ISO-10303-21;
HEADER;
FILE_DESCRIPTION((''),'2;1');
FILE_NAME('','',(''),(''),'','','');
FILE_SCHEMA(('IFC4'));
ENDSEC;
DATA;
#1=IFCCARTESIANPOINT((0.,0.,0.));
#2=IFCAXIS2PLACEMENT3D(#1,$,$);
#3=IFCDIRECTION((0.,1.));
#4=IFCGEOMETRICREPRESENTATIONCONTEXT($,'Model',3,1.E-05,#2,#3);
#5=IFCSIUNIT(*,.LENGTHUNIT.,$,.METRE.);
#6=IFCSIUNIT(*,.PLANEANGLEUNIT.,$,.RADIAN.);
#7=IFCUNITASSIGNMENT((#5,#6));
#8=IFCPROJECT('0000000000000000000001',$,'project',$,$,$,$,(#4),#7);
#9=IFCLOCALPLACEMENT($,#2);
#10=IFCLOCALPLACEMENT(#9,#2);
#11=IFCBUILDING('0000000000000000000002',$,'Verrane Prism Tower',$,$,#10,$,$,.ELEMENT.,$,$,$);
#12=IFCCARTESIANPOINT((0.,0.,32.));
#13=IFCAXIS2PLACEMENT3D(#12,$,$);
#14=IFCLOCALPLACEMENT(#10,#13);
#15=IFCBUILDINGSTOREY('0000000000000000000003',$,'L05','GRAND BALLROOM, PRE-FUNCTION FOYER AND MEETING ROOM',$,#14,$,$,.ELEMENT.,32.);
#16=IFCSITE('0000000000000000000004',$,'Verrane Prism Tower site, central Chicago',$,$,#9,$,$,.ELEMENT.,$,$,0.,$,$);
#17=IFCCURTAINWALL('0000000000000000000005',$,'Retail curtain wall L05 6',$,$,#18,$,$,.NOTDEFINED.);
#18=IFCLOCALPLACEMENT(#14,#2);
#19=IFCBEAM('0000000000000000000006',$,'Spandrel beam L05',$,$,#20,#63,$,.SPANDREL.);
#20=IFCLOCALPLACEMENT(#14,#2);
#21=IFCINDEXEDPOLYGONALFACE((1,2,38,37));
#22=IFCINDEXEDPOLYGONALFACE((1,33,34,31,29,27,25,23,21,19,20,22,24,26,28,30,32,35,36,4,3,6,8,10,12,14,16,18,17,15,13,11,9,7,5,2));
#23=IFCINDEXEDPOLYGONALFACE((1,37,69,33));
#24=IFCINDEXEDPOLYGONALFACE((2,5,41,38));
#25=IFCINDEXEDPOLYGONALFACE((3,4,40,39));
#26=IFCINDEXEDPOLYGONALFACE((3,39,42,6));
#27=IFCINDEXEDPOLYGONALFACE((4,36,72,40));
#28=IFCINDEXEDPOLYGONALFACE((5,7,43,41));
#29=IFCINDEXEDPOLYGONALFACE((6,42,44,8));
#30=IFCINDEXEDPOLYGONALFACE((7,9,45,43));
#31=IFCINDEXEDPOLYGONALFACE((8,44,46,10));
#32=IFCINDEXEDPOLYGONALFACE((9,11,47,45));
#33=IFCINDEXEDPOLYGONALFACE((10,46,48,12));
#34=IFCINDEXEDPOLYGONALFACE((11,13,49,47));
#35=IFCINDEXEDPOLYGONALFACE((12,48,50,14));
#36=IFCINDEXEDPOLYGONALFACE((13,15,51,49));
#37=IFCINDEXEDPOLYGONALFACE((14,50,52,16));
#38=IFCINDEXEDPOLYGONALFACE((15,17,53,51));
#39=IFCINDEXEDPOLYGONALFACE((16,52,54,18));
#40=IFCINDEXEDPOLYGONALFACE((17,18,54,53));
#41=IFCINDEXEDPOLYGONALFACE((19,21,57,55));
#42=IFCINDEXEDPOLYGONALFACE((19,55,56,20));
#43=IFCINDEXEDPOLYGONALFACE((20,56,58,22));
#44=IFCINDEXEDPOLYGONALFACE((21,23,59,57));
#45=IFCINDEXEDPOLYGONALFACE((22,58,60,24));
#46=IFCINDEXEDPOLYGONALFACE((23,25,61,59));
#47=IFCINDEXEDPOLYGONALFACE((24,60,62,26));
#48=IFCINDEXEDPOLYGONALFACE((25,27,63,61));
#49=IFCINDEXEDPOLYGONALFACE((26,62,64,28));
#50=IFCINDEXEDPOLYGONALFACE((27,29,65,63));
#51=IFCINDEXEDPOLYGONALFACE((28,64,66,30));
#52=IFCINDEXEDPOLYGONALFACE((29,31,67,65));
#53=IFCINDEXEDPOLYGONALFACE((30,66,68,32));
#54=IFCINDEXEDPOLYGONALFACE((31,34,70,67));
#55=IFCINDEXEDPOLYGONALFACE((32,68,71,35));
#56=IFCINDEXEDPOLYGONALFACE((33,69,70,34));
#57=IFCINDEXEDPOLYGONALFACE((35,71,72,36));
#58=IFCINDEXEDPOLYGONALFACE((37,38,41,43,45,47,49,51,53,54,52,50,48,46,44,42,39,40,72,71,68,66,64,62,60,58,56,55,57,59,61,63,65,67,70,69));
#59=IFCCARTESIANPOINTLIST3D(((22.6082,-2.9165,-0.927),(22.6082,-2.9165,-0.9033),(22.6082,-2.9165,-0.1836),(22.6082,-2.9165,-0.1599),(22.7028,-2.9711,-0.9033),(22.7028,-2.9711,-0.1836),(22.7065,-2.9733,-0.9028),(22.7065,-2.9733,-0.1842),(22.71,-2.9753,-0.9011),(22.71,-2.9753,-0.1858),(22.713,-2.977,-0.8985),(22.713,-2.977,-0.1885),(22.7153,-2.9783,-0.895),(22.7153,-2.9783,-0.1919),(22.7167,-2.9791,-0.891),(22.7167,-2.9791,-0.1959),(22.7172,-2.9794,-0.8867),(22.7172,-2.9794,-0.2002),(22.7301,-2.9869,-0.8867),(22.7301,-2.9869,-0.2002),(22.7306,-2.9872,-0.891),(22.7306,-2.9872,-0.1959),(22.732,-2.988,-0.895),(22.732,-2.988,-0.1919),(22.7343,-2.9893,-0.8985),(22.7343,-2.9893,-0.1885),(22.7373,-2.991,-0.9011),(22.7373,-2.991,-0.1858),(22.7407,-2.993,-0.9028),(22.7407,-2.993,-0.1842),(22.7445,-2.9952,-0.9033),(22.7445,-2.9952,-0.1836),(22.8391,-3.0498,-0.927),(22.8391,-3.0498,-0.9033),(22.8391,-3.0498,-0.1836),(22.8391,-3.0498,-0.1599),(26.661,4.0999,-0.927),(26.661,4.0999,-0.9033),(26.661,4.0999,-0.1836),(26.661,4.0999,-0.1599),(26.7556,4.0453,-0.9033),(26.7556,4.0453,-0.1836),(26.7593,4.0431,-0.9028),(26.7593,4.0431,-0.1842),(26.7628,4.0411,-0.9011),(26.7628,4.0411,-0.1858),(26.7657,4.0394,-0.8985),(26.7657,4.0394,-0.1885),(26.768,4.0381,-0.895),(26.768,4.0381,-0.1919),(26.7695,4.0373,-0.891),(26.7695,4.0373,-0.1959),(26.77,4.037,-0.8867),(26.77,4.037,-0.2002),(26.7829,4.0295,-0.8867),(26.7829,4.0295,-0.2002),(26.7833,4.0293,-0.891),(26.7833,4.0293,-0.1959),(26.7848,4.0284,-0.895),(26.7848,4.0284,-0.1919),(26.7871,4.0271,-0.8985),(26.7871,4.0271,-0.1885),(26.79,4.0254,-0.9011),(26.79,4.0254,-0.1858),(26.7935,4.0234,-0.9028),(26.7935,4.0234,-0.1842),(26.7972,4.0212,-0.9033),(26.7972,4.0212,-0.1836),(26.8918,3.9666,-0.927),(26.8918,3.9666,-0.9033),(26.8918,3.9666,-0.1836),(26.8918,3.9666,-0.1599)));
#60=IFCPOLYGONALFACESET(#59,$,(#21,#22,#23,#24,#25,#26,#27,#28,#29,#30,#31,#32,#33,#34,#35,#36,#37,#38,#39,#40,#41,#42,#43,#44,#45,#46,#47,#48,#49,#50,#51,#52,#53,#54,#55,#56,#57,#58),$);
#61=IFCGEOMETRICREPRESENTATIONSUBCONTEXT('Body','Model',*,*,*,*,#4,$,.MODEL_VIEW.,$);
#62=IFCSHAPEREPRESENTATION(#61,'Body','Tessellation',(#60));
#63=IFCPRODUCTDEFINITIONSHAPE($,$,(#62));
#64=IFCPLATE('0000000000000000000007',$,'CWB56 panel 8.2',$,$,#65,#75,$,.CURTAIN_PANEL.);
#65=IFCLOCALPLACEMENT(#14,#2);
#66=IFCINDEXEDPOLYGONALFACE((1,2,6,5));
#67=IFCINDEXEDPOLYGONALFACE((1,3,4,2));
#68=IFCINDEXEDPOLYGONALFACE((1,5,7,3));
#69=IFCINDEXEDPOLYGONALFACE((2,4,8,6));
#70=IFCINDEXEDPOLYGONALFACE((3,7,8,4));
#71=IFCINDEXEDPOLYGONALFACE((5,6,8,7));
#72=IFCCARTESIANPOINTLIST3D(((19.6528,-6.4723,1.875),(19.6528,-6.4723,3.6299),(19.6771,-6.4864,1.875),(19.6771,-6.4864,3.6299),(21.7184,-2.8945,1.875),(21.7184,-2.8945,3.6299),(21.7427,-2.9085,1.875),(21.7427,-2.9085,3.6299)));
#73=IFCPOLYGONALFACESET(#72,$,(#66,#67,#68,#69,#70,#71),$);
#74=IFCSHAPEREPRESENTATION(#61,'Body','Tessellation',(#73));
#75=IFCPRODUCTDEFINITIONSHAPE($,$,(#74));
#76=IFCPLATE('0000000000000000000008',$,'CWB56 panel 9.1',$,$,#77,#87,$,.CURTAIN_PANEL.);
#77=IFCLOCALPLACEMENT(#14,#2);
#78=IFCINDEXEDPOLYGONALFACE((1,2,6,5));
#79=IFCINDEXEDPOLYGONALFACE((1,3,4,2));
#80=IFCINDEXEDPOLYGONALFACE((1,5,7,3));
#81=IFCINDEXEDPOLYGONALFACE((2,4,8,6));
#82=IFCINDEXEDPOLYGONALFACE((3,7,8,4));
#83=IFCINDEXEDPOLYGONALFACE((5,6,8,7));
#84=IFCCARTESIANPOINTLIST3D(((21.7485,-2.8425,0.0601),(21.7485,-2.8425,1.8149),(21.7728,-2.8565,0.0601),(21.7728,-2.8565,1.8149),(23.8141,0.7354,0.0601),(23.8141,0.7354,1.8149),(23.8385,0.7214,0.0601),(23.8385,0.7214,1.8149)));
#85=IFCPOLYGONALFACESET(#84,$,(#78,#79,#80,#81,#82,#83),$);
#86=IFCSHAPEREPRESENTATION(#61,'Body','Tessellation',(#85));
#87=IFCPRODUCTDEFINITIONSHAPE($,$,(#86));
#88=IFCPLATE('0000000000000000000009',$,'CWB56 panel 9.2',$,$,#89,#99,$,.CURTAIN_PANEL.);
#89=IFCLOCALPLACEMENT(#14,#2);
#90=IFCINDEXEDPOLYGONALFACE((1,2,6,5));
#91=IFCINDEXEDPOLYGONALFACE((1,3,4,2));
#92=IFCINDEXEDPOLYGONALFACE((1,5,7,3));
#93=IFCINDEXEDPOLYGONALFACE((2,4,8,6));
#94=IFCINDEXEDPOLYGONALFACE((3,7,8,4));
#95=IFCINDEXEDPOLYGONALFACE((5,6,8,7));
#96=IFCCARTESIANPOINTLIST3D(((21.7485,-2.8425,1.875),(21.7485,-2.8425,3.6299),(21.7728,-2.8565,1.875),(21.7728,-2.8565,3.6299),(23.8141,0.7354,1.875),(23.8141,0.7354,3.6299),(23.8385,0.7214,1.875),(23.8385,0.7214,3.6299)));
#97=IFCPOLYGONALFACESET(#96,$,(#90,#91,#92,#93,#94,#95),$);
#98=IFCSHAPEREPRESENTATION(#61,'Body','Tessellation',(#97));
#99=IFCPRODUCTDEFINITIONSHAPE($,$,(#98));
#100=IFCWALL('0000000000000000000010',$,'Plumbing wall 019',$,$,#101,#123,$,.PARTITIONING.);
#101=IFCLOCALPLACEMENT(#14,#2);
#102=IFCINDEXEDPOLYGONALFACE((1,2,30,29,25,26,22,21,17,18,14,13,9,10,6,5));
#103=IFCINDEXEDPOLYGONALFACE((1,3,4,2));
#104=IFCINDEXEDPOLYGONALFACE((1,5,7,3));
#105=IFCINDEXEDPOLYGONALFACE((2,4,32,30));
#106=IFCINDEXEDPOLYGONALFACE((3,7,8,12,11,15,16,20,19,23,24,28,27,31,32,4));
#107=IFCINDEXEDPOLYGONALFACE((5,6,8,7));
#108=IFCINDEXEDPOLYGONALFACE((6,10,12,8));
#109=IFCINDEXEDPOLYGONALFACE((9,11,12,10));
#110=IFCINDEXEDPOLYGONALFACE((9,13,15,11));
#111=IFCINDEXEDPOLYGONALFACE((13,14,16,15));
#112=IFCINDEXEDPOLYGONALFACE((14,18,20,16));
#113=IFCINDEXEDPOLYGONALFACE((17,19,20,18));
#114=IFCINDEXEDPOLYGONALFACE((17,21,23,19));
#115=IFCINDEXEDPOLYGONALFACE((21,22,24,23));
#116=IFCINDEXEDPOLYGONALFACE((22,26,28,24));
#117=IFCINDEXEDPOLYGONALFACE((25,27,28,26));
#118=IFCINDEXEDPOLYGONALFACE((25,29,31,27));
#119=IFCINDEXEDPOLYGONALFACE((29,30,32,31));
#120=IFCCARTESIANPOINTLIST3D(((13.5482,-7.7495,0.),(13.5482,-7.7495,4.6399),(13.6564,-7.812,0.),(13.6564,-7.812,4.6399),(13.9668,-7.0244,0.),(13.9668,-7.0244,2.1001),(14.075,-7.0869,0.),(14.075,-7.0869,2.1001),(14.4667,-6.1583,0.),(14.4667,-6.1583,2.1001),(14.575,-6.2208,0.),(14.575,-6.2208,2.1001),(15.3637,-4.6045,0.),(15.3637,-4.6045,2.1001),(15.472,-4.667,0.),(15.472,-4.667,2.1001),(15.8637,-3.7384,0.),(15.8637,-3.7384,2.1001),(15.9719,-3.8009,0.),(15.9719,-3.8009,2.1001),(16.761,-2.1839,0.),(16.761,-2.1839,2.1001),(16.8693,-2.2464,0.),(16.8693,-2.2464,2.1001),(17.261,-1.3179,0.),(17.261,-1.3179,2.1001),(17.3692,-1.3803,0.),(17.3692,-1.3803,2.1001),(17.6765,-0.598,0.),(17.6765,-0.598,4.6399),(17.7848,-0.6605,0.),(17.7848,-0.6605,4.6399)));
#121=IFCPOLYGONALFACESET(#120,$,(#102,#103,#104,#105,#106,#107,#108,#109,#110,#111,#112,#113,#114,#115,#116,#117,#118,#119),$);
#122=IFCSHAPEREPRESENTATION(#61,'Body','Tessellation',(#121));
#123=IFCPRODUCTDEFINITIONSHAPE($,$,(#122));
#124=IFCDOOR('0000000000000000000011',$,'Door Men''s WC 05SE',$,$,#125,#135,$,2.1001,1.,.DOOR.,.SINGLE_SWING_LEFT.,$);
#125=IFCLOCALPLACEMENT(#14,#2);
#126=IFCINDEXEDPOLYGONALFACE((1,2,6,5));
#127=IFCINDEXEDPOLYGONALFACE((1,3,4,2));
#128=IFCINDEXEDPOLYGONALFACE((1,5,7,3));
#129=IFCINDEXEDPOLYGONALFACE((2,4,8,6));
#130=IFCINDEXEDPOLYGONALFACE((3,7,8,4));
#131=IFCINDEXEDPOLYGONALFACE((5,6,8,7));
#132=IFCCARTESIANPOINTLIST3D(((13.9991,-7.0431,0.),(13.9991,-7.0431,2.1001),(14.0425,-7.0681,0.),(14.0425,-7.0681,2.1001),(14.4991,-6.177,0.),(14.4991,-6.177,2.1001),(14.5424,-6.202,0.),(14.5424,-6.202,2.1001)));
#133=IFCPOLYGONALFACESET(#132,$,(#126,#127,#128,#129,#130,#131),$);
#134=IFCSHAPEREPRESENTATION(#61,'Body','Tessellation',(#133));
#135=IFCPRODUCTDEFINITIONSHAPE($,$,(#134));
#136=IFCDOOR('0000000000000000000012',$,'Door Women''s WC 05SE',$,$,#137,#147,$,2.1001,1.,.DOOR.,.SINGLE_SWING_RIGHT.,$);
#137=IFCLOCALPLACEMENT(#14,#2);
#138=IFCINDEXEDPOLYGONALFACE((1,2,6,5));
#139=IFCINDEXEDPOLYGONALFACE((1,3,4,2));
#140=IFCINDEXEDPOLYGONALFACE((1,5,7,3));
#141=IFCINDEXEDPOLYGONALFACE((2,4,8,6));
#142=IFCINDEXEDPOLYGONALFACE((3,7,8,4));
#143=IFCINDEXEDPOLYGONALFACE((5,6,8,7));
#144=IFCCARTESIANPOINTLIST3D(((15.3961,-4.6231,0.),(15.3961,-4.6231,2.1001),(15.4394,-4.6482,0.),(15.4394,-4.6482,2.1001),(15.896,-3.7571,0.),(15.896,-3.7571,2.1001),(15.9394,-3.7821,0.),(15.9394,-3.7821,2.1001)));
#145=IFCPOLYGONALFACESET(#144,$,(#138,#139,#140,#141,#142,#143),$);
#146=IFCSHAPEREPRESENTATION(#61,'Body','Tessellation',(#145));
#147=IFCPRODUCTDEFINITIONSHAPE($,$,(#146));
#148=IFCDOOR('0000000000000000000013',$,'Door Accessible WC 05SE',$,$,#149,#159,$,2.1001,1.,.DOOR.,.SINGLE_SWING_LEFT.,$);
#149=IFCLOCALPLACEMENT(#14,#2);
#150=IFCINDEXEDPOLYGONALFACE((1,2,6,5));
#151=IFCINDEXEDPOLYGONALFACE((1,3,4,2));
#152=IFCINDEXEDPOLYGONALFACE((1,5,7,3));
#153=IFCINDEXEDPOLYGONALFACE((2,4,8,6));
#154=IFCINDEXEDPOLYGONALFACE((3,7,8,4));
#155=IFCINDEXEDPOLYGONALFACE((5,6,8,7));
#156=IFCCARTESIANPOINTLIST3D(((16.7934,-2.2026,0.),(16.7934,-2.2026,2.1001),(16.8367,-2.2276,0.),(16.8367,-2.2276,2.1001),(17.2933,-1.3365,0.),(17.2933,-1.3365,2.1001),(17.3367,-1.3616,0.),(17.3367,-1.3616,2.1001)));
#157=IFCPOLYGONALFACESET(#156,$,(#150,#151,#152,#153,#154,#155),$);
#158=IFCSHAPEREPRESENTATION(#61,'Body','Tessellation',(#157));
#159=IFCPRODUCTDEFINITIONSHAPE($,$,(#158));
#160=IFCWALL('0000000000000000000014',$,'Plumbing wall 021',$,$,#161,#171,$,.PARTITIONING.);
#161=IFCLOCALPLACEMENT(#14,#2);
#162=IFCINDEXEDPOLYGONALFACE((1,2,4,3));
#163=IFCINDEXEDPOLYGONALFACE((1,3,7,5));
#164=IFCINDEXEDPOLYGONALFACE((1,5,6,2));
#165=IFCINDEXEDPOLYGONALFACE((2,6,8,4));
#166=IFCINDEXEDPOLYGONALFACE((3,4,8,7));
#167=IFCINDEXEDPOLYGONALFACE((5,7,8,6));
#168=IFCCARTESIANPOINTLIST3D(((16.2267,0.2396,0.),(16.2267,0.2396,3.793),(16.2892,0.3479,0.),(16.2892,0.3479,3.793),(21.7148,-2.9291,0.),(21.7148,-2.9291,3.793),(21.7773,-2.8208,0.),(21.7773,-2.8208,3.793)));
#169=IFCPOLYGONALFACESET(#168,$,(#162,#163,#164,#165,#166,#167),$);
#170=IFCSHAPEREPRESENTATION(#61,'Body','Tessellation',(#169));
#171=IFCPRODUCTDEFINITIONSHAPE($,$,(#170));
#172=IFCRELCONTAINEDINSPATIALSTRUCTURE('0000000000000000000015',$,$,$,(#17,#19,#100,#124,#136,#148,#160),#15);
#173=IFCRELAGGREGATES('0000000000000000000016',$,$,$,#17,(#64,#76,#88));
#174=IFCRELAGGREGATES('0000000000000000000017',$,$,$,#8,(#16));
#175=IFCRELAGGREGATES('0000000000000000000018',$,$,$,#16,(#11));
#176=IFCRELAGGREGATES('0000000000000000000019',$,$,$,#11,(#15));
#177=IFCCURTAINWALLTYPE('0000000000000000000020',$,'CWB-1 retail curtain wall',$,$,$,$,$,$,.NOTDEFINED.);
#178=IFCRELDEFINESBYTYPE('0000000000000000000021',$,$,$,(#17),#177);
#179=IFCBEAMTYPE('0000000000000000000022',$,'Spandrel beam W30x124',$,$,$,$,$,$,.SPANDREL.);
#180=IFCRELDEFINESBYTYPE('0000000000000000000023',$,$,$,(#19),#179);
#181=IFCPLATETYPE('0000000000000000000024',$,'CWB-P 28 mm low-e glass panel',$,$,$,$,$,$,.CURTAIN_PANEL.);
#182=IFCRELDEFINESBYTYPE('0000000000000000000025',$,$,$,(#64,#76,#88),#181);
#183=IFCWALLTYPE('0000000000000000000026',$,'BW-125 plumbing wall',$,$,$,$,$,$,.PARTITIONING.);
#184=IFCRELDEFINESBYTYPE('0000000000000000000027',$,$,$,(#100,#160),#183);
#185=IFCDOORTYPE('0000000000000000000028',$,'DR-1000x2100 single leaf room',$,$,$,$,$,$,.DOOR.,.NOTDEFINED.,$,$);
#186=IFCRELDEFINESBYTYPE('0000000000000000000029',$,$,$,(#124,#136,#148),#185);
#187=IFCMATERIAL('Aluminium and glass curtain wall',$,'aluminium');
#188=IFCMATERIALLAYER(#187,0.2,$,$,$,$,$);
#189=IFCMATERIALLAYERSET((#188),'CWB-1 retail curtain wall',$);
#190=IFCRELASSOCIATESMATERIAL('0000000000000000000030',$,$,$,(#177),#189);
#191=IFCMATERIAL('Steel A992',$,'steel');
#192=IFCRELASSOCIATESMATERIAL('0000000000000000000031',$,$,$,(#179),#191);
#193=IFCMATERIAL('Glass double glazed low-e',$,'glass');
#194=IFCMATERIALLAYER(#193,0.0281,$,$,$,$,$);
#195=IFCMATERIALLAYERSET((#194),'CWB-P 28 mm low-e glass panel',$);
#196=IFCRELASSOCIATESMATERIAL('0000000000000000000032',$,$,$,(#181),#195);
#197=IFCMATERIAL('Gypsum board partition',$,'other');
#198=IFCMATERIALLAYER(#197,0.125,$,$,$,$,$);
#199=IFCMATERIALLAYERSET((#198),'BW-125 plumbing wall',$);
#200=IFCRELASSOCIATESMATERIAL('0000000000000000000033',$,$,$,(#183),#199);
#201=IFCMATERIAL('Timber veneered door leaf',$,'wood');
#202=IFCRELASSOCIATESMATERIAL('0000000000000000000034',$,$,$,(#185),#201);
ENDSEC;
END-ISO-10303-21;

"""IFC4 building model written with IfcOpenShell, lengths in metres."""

from ifc_helpers import new_model, si_unit, direction, frame, frame_2d, origin, origin_2d, place, context, subcontext, project, spatial, rectangle, i_section, extrude, material, layer, layer_set, material_profile, profile_set, type_object, element, fill, aggregate, save


model = new_model("IFC4")

# Units and contexts
model_context = context("Model", 3, precision=1e-05, world=origin(), true_north=direction((0.0, 1.0)))
body_context = subcontext(model_context, "Body", "Model", "MODEL_VIEW")
ifc_project = project(units=[si_unit("LENGTHUNIT", "METRE"), si_unit("PLANEANGLEUNIT", "RADIAN")], contexts=[model_context])

# Site, building, storey
site_placement = place(None, origin())
site = spatial("IfcSite", under=ifc_project, at=site_placement, Name="Verrane Prism Tower site, central Chicago", CompositionType="ELEMENT", RefElevation=0.0)
building_placement = place(site_placement, origin())
building = spatial("IfcBuilding", under=site, at=building_placement, Name="Verrane Prism Tower", CompositionType="ELEMENT")
storey_placement = place(building_placement, frame((0.0, 0.0, 32.0)))
storey = spatial("IfcBuildingStorey", under=building, at=storey_placement, Name="L05", Description="GRAND BALLROOM, PRE-FUNCTION FOYER AND MEETING ROOM", CompositionType="ELEMENT", Elevation=32.0)

# Curtain wall
ifc_material_1 = material(Name="Aluminium and glass curtain wall", Category="aluminium")
ifc_layer_1 = layer(ifc_material_1, 0.2)
ifc_layer_set_1 = layer_set([ifc_layer_1], Name="CWB-1 retail curtain wall")
curtain_wall_type = type_object("IfcCurtainWallType", Name="CWB-1 retail curtain wall", PredefinedType="NOTDEFINED", material=ifc_layer_set_1)
curtain_wall_placement = place(storey_placement, origin())
curtain_wall = element("IfcCurtainWall", 1, at=curtain_wall_placement, inside=storey, type_object=curtain_wall_type, Name="Retail curtain wall L05 6", PredefinedType="NOTDEFINED")

# Beam
ifc_material_2 = material(Name="Steel A992", Category="steel")
ifc_material_profile_1 = material_profile(ifc_material_2, i_section(OverallWidth=0.2666, OverallDepth=0.7671, WebThickness=0.0149, FlangeThickness=0.0237, FilletRadius=0.0166, at=origin_2d()), Name="W30x124")
ifc_profile_set_1 = profile_set([ifc_material_profile_1], Name="Steel A992")
beam_type_1 = type_object("IfcBeamType", Name="Spandrel beam W30x124", PredefinedType="SPANDREL", material=ifc_profile_set_1)
beam_1_placement = place(storey_placement, frame((22.7236, -2.9832, -0.5435), z_axis=(0.50017, 0.865927, 0.0), x_axis=(-0.865927, 0.50017, 0.0)))
element("IfcBeam", 2, at=beam_1_placement, inside=storey, type_object=beam_type_1, Name="Spandrel beam L05", PredefinedType="SPANDREL", context=body_context, shape_type="SweptSolid", body=[
    extrude(i_section(OverallWidth=0.2666, OverallDepth=0.7671, WebThickness=0.0149, FlangeThickness=0.0237, FilletRadius=0.0166, at=origin_2d()), origin(), (0.0, 0.0, 1.0), 8.1028),
])

# Plates
ifc_material_3 = material(Name="Glass double glazed low-e", Category="glass")
ifc_layer_2 = layer(ifc_material_3, 0.0281)
ifc_layer_set_2 = layer_set([ifc_layer_2], Name="CWB-P 28 mm low-e glass panel")
plate_type = type_object("IfcPlateType", Name="CWB-P 28 mm low-e glass panel", PredefinedType="CURTAIN_PANEL", material=ifc_layer_set_2)
plate_1_placement = place(storey_placement, frame((20.6978, -4.6904, 1.875), z_axis=(0.0, 0.0, 1.0), x_axis=(0.5, 0.866025, 0.0)))
plate_1 = element("IfcPlate", 3, at=plate_1_placement, type_object=plate_type, Name="CWB56 panel 8.2", PredefinedType="CURTAIN_PANEL", context=body_context, shape_type="SweptSolid", body=[
    extrude(rectangle(XDim=4.1313, YDim=0.0281, at=origin_2d()), origin(), (0.0, 0.0, 1.0), 1.7549),
])
plate_2_placement = place(storey_placement, frame((22.7935, -1.0605, 0.0601), z_axis=(0.0, 0.0, 1.0), x_axis=(0.5, 0.866025, 0.0)))
plate_2 = element("IfcPlate", 4, at=plate_2_placement, type_object=plate_type, Name="CWB56 panel 9.1", PredefinedType="CURTAIN_PANEL", context=body_context, shape_type="SweptSolid", body=[
    extrude(rectangle(XDim=4.1313, YDim=0.0281, at=origin_2d()), origin(), (0.0, 0.0, 1.0), 1.7549),
])
plate_3_placement = place(storey_placement, frame((22.7935, -1.0605, 1.875), z_axis=(0.0, 0.0, 1.0), x_axis=(0.5, 0.866025, 0.0)))
plate_3 = element("IfcPlate", 5, at=plate_3_placement, type_object=plate_type, Name="CWB56 panel 9.2", PredefinedType="CURTAIN_PANEL", context=body_context, shape_type="SweptSolid", body=[
    extrude(rectangle(XDim=4.1313, YDim=0.0281, at=origin_2d()), origin(), (0.0, 0.0, 1.0), 1.7549),
])
aggregate(curtain_wall, [plate_1, plate_2, plate_3])

# Wall, openings, doors
ifc_material_4 = material(Name="Gypsum board partition", Category="other")
ifc_layer_3 = layer(ifc_material_4, 0.125)
ifc_layer_set_3 = layer_set([ifc_layer_3], Name="BW-125 plumbing wall")
wall_type = type_object("IfcWallType", Name="BW-125 plumbing wall", PredefinedType="PARTITIONING", material=ifc_layer_set_3)
wall_1_placement = place(storey_placement, frame((17.7307, -0.6292, 0.0), z_axis=(0.0, 0.0, 1.0), x_axis=(-0.499949, -0.866055, 0.0)))
wall_1 = element("IfcWall", 6, at=wall_1_placement, inside=storey, type_object=wall_type, Name="Plumbing wall 019", PredefinedType="PARTITIONING", context=body_context, shape_type="SweptSolid", body=[
    extrude(rectangle(XDim=8.2576, YDim=0.125, at=frame_2d((4.1289, 0.0))), origin(), (0.0, 0.0, 1.0), 4.6399),
])
opening_1_placement = place(wall_1_placement, frame((6.4204, 0.0, 0.0)))
opening_1 = element("IfcOpeningElement", 7, at=opening_1_placement, cuts=wall_1, PredefinedType="OPENING", context=body_context, shape_type="SweptSolid", body=[
    extrude(rectangle(XDim=1.0, YDim=2.1001, at=frame_2d((0.5, 1.05))), frame((0.0, 0.0725, 0.0), z_axis=(0.0, -1.0, 0.0), x_axis=(1.0, 0.0, 0.0)), (0.0, 0.0, 1.0), 0.145),
])
opening_2_placement = place(wall_1_placement, frame((3.6262, 0.0, 0.0)))
opening_2 = element("IfcOpeningElement", 8, at=opening_2_placement, cuts=wall_1, PredefinedType="OPENING", context=body_context, shape_type="SweptSolid", body=[
    extrude(rectangle(XDim=1.0, YDim=2.1001, at=frame_2d((0.5, 1.05))), frame((0.0, 0.0725, 0.0), z_axis=(0.0, -1.0, 0.0), x_axis=(1.0, 0.0, 0.0)), (0.0, 0.0, 1.0), 0.145),
])
opening_3_placement = place(wall_1_placement, frame((0.8313, 0.0, 0.0)))
opening_3 = element("IfcOpeningElement", 9, at=opening_3_placement, cuts=wall_1, PredefinedType="OPENING", context=body_context, shape_type="SweptSolid", body=[
    extrude(rectangle(XDim=1.0, YDim=2.1001, at=frame_2d((0.5, 1.05))), frame((0.0, 0.0725, 0.0), z_axis=(0.0, -1.0, 0.0), x_axis=(1.0, 0.0, 0.0)), (0.0, 0.0, 1.0), 0.145),
])
ifc_material_5 = material(Name="Timber veneered door leaf", Category="wood")
door_type = type_object("IfcDoorType", Name="DR-1000x2100 single leaf room", OperationType="NOTDEFINED", PredefinedType="DOOR", material=ifc_material_5)
door_1_placement = place(opening_1_placement, origin())
door_1 = element("IfcDoor", 10, at=door_1_placement, inside=storey, type_object=door_type, Name="Door Men's WC 05SE", OperationType="SINGLE_SWING_LEFT", OverallHeight=2.1001, OverallWidth=1.0, PredefinedType="DOOR", context=body_context, shape_type="SweptSolid", body=[
    extrude(rectangle(XDim=1.0, YDim=2.1001, at=frame_2d((0.5, 1.05))), frame((0.0, 0.0249, 0.0), z_axis=(0.0, -1.0, 0.0), x_axis=(1.0, 0.0, 0.0)), (0.0, 0.0, 1.0), 0.05),
])
fill(opening_1, door_1)
door_2_placement = place(opening_2_placement, origin())
door_2 = element("IfcDoor", 11, at=door_2_placement, inside=storey, type_object=door_type, Name="Door Women's WC 05SE", OperationType="SINGLE_SWING_RIGHT", OverallHeight=2.1001, OverallWidth=1.0, PredefinedType="DOOR", context=body_context, shape_type="SweptSolid", body=[
    extrude(rectangle(XDim=1.0, YDim=2.1001, at=frame_2d((0.5, 1.05))), frame((0.0, 0.0249, 0.0), z_axis=(0.0, -1.0, 0.0), x_axis=(1.0, 0.0, 0.0)), (0.0, 0.0, 1.0), 0.05),
])
fill(opening_2, door_2)
door_3_placement = place(opening_3_placement, origin())
door_3 = element("IfcDoor", 12, at=door_3_placement, inside=storey, type_object=door_type, Name="Door Accessible WC 05SE", OperationType="SINGLE_SWING_LEFT", OverallHeight=2.1001, OverallWidth=1.0, PredefinedType="DOOR", context=body_context, shape_type="SweptSolid", body=[
    extrude(rectangle(XDim=1.0, YDim=2.1001, at=frame_2d((0.5, 1.05))), frame((0.0, 0.0249, 0.0), z_axis=(0.0, -1.0, 0.0), x_axis=(1.0, 0.0, 0.0)), (0.0, 0.0, 1.0), 0.05),
])
fill(opening_3, door_3)

# Wall
wall_2_placement = place(storey_placement, frame((16.2581, 0.2937, 0.0), z_axis=(0.0, 0.0, 1.0), x_axis=(0.866013, -0.500021, 0.0)))
element("IfcWall", 13, at=wall_2_placement, inside=storey, type_object=wall_type, Name="Plumbing wall 021", PredefinedType="PARTITIONING", context=body_context, shape_type="SweptSolid", body=[
    extrude(rectangle(XDim=6.3372, YDim=0.125, at=frame_2d((3.1685, 0.0))), origin(), (0.0, 0.0, 1.0), 3.793),
])

save(model, "model.ifc")
